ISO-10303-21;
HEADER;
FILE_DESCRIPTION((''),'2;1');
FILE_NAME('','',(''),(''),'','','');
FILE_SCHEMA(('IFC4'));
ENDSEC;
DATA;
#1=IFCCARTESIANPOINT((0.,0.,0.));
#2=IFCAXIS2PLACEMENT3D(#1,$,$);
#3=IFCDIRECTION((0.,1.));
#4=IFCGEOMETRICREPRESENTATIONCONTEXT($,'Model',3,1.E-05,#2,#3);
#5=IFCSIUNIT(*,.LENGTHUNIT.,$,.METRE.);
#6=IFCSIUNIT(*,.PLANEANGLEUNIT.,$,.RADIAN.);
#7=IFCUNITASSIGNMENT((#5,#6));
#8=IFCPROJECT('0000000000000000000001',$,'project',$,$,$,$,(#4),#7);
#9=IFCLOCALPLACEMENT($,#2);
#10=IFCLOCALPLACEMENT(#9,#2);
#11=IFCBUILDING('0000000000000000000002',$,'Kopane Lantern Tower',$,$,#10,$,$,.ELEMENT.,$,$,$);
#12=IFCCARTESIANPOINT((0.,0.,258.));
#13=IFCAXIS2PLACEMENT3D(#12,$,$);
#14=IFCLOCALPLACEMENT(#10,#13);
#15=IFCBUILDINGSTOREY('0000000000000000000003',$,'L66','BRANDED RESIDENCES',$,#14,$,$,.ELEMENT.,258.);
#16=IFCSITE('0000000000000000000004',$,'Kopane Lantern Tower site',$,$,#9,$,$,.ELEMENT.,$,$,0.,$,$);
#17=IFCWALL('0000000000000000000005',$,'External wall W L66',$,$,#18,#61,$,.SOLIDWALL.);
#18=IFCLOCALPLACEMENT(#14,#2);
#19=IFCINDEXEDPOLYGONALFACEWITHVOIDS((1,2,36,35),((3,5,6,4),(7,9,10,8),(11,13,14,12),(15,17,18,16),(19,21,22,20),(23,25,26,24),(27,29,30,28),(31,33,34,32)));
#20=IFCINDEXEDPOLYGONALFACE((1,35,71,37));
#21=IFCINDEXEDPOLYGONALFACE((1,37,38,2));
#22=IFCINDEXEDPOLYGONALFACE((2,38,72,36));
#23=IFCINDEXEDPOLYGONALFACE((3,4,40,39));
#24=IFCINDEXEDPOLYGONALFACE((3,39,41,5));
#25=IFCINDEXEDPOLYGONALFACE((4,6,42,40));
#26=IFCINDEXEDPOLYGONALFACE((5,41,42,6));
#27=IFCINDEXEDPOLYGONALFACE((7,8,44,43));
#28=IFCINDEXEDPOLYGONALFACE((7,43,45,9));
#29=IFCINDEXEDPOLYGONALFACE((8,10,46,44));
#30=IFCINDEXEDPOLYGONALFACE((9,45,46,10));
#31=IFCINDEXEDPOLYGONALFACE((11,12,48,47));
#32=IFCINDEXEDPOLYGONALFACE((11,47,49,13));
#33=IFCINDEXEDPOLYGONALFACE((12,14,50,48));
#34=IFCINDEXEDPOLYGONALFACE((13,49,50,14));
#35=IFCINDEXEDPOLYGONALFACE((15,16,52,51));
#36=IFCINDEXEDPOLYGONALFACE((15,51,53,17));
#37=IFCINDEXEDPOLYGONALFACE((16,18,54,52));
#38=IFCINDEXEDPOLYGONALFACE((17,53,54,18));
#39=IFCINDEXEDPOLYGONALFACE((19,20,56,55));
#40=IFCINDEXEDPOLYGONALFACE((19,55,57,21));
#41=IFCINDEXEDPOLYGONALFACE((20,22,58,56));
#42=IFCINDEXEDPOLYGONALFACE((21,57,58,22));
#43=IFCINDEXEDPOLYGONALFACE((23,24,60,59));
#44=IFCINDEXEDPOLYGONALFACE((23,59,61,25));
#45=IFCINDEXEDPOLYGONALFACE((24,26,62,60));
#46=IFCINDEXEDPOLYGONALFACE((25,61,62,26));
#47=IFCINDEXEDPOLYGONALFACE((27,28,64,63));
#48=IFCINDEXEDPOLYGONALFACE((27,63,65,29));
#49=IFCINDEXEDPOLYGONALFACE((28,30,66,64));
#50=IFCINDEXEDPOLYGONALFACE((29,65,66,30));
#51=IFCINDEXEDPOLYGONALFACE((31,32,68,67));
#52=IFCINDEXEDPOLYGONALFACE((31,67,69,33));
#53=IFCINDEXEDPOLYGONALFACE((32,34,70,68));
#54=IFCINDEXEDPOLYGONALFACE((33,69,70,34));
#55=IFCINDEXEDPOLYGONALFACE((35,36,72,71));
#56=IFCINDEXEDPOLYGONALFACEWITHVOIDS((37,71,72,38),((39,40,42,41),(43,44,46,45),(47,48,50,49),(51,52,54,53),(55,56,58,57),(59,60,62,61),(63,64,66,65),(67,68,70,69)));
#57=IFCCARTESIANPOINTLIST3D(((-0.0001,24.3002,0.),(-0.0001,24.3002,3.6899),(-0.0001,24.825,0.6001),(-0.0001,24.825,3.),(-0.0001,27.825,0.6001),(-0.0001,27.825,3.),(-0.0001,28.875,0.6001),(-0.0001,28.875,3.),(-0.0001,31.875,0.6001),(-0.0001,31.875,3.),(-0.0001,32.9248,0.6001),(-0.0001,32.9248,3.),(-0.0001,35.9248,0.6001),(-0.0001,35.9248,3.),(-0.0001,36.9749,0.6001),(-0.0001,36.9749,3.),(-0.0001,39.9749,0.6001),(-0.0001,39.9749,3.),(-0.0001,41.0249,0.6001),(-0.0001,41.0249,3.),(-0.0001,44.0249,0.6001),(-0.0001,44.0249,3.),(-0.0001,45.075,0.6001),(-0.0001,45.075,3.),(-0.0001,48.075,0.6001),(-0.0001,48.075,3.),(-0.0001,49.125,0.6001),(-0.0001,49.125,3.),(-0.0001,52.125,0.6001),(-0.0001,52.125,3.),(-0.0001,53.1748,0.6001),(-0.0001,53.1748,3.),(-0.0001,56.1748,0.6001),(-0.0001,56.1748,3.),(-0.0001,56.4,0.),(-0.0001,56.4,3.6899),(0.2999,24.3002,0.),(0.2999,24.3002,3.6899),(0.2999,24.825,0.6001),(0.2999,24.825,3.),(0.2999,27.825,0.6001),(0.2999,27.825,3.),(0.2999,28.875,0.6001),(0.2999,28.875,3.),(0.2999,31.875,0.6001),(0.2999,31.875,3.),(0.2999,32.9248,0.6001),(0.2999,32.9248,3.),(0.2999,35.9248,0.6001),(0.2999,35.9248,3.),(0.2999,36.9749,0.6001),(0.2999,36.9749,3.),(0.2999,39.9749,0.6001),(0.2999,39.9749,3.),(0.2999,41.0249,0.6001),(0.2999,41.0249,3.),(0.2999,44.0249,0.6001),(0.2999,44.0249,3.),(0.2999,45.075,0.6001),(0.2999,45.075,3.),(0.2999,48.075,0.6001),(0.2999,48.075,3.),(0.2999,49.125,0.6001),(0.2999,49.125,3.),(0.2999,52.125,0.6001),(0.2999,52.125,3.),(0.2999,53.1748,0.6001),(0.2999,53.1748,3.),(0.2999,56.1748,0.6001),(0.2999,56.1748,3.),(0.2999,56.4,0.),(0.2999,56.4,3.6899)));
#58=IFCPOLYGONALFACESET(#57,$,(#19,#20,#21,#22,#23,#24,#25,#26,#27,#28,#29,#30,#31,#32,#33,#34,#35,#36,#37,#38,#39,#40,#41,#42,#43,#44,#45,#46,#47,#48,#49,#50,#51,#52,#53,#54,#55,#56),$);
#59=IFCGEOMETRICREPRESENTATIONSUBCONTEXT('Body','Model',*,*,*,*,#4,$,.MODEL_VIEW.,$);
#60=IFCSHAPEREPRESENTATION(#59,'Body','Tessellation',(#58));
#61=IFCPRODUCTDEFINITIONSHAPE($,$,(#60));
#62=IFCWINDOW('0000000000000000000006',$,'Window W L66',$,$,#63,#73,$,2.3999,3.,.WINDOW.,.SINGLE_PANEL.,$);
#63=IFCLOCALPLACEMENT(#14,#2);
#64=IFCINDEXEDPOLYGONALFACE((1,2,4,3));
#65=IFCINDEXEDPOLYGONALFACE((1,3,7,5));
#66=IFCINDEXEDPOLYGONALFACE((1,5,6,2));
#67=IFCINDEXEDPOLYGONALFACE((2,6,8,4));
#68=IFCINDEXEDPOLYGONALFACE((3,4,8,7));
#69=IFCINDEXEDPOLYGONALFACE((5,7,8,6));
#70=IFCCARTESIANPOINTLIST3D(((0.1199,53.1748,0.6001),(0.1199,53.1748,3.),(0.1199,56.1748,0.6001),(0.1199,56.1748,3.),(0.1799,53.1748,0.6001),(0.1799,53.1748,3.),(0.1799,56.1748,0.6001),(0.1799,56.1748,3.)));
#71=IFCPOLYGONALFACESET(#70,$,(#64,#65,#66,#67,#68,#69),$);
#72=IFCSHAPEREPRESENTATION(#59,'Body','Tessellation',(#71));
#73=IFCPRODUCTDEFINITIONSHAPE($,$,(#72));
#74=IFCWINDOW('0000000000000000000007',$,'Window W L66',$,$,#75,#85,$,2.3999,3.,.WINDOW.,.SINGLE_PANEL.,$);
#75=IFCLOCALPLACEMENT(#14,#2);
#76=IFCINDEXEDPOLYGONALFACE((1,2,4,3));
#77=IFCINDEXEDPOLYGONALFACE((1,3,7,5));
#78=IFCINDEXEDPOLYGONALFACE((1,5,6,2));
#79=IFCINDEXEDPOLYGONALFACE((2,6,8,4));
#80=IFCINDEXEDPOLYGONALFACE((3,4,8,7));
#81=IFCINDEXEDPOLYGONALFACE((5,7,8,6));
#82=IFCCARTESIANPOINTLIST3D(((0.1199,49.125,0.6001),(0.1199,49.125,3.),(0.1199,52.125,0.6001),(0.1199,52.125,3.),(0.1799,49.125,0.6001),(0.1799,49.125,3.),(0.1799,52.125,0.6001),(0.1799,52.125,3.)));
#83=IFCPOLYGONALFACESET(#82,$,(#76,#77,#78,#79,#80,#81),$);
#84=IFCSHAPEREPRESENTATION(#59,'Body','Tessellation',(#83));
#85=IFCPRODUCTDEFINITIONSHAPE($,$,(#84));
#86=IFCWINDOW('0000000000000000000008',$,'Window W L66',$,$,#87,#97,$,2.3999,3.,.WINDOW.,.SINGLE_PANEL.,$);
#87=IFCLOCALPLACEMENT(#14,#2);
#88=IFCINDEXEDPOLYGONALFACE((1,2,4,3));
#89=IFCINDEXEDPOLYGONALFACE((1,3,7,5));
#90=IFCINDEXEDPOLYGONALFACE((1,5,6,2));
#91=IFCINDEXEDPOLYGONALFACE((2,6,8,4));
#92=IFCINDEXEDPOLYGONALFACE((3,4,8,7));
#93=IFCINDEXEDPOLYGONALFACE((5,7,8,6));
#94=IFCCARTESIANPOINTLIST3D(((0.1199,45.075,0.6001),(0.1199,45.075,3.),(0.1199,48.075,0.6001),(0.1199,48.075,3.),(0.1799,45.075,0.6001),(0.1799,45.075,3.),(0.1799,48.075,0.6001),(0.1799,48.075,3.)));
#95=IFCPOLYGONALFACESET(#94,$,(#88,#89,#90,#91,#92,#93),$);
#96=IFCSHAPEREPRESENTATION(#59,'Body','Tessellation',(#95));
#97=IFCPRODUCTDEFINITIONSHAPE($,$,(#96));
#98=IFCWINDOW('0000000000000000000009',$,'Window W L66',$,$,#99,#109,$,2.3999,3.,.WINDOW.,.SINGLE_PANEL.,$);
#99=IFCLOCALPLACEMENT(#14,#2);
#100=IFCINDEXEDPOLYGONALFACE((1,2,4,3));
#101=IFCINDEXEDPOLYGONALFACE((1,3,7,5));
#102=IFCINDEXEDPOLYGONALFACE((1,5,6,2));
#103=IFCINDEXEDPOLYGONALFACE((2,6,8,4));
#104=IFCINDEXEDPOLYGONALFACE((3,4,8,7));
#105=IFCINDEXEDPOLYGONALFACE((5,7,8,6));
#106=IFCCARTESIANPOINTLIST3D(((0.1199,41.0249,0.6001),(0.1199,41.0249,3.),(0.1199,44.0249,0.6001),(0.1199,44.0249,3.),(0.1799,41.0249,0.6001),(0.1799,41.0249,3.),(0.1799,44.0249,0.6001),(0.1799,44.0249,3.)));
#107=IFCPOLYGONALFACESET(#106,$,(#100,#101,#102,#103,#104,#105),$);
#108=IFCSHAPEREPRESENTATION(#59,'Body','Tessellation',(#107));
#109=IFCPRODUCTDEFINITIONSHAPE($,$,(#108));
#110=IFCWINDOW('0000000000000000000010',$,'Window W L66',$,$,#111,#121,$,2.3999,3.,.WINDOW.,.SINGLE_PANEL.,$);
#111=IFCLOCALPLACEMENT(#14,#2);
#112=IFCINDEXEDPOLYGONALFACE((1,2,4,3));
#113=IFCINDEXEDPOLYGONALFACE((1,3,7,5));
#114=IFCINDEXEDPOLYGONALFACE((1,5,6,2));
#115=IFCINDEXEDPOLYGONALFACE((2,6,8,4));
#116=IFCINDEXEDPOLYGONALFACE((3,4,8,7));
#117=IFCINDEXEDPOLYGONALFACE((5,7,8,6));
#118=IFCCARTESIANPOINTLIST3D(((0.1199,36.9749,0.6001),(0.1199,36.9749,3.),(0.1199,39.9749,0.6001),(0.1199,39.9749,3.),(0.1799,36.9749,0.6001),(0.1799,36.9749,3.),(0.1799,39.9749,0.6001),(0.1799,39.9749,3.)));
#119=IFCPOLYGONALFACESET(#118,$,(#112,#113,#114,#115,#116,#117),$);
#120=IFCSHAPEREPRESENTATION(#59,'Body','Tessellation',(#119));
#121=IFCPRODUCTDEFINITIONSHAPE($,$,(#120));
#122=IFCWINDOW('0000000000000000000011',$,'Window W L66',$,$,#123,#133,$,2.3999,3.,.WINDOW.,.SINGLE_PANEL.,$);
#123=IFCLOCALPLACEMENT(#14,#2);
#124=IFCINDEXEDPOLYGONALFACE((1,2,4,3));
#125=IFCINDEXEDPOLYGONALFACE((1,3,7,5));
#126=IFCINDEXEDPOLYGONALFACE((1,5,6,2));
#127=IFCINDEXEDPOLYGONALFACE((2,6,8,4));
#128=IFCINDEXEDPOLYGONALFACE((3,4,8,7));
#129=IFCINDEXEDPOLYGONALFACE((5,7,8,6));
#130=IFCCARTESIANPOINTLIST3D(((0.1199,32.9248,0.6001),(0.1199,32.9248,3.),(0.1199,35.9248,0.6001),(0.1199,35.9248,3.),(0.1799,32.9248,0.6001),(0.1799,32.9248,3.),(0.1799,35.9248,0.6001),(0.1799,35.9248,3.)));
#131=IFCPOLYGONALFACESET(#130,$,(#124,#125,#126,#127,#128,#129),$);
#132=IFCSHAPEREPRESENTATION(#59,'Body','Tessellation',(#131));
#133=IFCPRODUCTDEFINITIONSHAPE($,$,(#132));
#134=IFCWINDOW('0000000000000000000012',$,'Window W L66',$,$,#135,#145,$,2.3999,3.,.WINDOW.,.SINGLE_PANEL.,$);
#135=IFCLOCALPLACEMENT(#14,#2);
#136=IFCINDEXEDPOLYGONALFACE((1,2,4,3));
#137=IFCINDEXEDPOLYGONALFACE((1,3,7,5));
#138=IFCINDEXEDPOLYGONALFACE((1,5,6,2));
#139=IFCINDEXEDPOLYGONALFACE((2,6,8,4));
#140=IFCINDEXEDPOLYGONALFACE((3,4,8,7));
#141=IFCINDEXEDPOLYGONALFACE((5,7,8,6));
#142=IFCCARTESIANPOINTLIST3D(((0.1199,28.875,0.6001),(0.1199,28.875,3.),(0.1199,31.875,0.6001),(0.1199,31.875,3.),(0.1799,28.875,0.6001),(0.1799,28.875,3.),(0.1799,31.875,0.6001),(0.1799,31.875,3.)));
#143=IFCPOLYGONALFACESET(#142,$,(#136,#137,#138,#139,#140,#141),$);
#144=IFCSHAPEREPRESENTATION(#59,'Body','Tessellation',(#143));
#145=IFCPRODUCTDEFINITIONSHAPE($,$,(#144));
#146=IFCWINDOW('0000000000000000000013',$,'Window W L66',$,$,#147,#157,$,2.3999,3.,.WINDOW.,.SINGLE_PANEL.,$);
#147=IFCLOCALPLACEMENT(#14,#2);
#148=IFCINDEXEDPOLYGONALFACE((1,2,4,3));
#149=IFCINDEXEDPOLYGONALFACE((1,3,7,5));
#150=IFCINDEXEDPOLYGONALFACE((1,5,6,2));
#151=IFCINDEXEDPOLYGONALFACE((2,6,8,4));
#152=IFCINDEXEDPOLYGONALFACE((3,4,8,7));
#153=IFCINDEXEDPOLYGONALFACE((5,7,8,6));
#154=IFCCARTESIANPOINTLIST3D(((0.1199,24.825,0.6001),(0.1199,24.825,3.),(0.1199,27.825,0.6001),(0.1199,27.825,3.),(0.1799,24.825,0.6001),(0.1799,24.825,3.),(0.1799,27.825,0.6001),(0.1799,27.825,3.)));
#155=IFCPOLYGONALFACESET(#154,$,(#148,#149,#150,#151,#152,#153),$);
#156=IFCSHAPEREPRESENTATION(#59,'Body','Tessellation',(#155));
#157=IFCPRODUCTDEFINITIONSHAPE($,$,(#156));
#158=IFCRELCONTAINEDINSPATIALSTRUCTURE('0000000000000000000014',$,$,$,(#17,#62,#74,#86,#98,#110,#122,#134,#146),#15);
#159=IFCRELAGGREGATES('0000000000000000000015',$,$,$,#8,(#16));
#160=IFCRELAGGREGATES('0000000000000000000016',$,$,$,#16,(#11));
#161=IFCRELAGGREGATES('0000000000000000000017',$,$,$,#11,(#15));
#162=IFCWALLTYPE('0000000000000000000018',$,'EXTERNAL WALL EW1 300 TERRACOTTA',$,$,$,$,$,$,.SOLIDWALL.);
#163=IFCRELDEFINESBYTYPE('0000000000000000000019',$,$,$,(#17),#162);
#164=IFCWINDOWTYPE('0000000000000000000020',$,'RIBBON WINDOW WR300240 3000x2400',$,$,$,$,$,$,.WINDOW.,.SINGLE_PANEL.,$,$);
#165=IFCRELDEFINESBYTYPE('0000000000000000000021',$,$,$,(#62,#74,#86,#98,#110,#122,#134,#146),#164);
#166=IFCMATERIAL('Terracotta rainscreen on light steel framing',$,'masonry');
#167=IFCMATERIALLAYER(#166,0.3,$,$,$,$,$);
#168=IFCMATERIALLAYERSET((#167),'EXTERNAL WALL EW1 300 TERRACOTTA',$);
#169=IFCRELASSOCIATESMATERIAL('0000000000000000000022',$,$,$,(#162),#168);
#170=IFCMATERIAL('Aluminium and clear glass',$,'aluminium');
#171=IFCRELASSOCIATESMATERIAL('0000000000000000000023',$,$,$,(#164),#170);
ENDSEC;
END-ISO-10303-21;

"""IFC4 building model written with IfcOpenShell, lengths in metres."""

from ifc_helpers import new_model, si_unit, direction, frame, frame_2d, origin, place, context, subcontext, project, spatial, rectangle, extrude, material, layer, layer_set, type_object, element, fill, save


model = new_model("IFC4")

# Units and contexts
model_context = context("Model", 3, precision=1e-05, world=origin(), true_north=direction((0.0, 1.0)))
body_context = subcontext(model_context, "Body", "Model", "MODEL_VIEW")
ifc_project = project(units=[si_unit("LENGTHUNIT", "METRE"), si_unit("PLANEANGLEUNIT", "RADIAN")], contexts=[model_context])

# Site, building, storey
site_placement = place(None, origin())
site = spatial("IfcSite", under=ifc_project, at=site_placement, Name="Kopane Lantern Tower site", CompositionType="ELEMENT", RefElevation=0.0)
building_placement = place(site_placement, origin())
building = spatial("IfcBuilding", under=site, at=building_placement, Name="Kopane Lantern Tower", CompositionType="ELEMENT")
storey_placement = place(building_placement, frame((0.0, 0.0, 258.0)))
storey = spatial("IfcBuildingStorey", under=building, at=storey_placement, Name="L66", Description="BRANDED RESIDENCES", CompositionType="ELEMENT", Elevation=258.0)

# Shared definitions
ifc_material_1 = material(Name="Terracotta rainscreen on light steel framing", Category="masonry")
ifc_layer_1 = layer(ifc_material_1, 0.3)
ifc_layer_set_1 = layer_set([ifc_layer_1], Name="EXTERNAL WALL EW1 300 TERRACOTTA")
wall_type_1 = type_object("IfcWallType", Name="EXTERNAL WALL EW1 300 TERRACOTTA", PredefinedType="SOLIDWALL", material=ifc_layer_set_1)

# Wall, openings, windows
wall_1_placement = place(storey_placement, frame((0.1499, 56.3999, 0.0), z_axis=(0.0, 0.0, 1.0), x_axis=(0.0, -1.0, 0.0)))
wall_1 = element("IfcWall", 1, at=wall_1_placement, inside=storey, type_object=wall_type_1, Name="External wall W L66", PredefinedType="SOLIDWALL", context=body_context, shape_type="SweptSolid", body=[
    extrude(rectangle(XDim=32.0999, YDim=0.3, at=frame_2d((16.0498, 0.0))), origin(), (0.0, 0.0, 1.0), 3.6899),
])
opening_1_placement = place(wall_1_placement, frame((0.2251, 0.0, 0.6001)))
opening_1 = element("IfcOpeningElement", 2, at=opening_1_placement, cuts=wall_1, PredefinedType="OPENING", context=body_context, shape_type="SweptSolid", body=[
    extrude(rectangle(XDim=3.0, YDim=2.3999, at=frame_2d((1.5, 1.2))), frame((0.0, 0.1599, 0.0), z_axis=(0.0, -1.0, 0.0), x_axis=(1.0, 0.0, 0.0)), (0.0, 0.0, 1.0), 0.3201),
])
opening_2_placement = place(wall_1_placement, frame((4.2749, 0.0, 0.6001)))
opening_2 = element("IfcOpeningElement", 3, at=opening_2_placement, cuts=wall_1, PredefinedType="OPENING", context=body_context, shape_type="SweptSolid", body=[
    extrude(rectangle(XDim=3.0, YDim=2.3999, at=frame_2d((1.5, 1.2))), frame((0.0, 0.1599, 0.0), z_axis=(0.0, -1.0, 0.0), x_axis=(1.0, 0.0, 0.0)), (0.0, 0.0, 1.0), 0.3201),
])
opening_3_placement = place(wall_1_placement, frame((8.325, 0.0, 0.6001)))
opening_3 = element("IfcOpeningElement", 4, at=opening_3_placement, cuts=wall_1, PredefinedType="OPENING", context=body_context, shape_type="SweptSolid", body=[
    extrude(rectangle(XDim=3.0, YDim=2.3999, at=frame_2d((1.5, 1.2))), frame((0.0, 0.1599, 0.0), z_axis=(0.0, -1.0, 0.0), x_axis=(1.0, 0.0, 0.0)), (0.0, 0.0, 1.0), 0.3201),
])
opening_4_placement = place(wall_1_placement, frame((12.375, 0.0, 0.6001)))
opening_4 = element("IfcOpeningElement", 5, at=opening_4_placement, cuts=wall_1, PredefinedType="OPENING", context=body_context, shape_type="SweptSolid", body=[
    extrude(rectangle(XDim=3.0, YDim=2.3999, at=frame_2d((1.5, 1.2))), frame((0.0, 0.1599, 0.0), z_axis=(0.0, -1.0, 0.0), x_axis=(1.0, 0.0, 0.0)), (0.0, 0.0, 1.0), 0.3201),
])
opening_5_placement = place(wall_1_placement, frame((16.425, 0.0, 0.6001)))
opening_5 = element("IfcOpeningElement", 6, at=opening_5_placement, cuts=wall_1, PredefinedType="OPENING", context=body_context, shape_type="SweptSolid", body=[
    extrude(rectangle(XDim=3.0, YDim=2.3999, at=frame_2d((1.5, 1.2))), frame((0.0, 0.1599, 0.0), z_axis=(0.0, -1.0, 0.0), x_axis=(1.0, 0.0, 0.0)), (0.0, 0.0, 1.0), 0.3201),
])
opening_6_placement = place(wall_1_placement, frame((20.4751, 0.0, 0.6001)))
opening_6 = element("IfcOpeningElement", 7, at=opening_6_placement, cuts=wall_1, PredefinedType="OPENING", context=body_context, shape_type="SweptSolid", body=[
    extrude(rectangle(XDim=3.0, YDim=2.3999, at=frame_2d((1.5, 1.2))), frame((0.0, 0.1599, 0.0), z_axis=(0.0, -1.0, 0.0), x_axis=(1.0, 0.0, 0.0)), (0.0, 0.0, 1.0), 0.3201),
])
opening_7_placement = place(wall_1_placement, frame((24.5249, 0.0, 0.6001)))
opening_7 = element("IfcOpeningElement", 8, at=opening_7_placement, cuts=wall_1, PredefinedType="OPENING", context=body_context, shape_type="SweptSolid", body=[
    extrude(rectangle(XDim=3.0, YDim=2.3999, at=frame_2d((1.5, 1.2))), frame((0.0, 0.1599, 0.0), z_axis=(0.0, -1.0, 0.0), x_axis=(1.0, 0.0, 0.0)), (0.0, 0.0, 1.0), 0.3201),
])
opening_8_placement = place(wall_1_placement, frame((28.575, 0.0, 0.6001)))
opening_8 = element("IfcOpeningElement", 9, at=opening_8_placement, cuts=wall_1, PredefinedType="OPENING", context=body_context, shape_type="SweptSolid", body=[
    extrude(rectangle(XDim=3.0, YDim=2.3999, at=frame_2d((1.5, 1.2))), frame((0.0, 0.1599, 0.0), z_axis=(0.0, -1.0, 0.0), x_axis=(1.0, 0.0, 0.0)), (0.0, 0.0, 1.0), 0.3201),
])
ifc_material_2 = material(Name="Aluminium and clear glass", Category="aluminium")
window_type_1 = type_object("IfcWindowType", Name="RIBBON WINDOW WR300240 3000x2400", PartitioningType="SINGLE_PANEL", PredefinedType="WINDOW", material=ifc_material_2)
window_1_placement = place(opening_1_placement, origin())
window_1 = element("IfcWindow", 10, at=window_1_placement, inside=storey, type_object=window_type_1, Name="Window W L66", OverallHeight=2.3999, OverallWidth=3.0, PartitioningType="SINGLE_PANEL", PredefinedType="WINDOW", context=body_context, shape_type="SweptSolid", body=[
    extrude(rectangle(XDim=3.0, YDim=2.3999, at=frame_2d((1.5, 1.2))), frame((0.0, 0.03, 0.0), z_axis=(0.0, -1.0, 0.0), x_axis=(1.0, 0.0, 0.0)), (0.0, 0.0, 1.0), 0.0601),
])
fill(opening_1, window_1)
window_2_placement = place(opening_2_placement, origin())
window_2 = element("IfcWindow", 11, at=window_2_placement, inside=storey, type_object=window_type_1, Name="Window W L66", OverallHeight=2.3999, OverallWidth=3.0, PartitioningType="SINGLE_PANEL", PredefinedType="WINDOW", context=body_context, shape_type="SweptSolid", body=[
    extrude(rectangle(XDim=3.0, YDim=2.3999, at=frame_2d((1.5, 1.2))), frame((0.0, 0.03, 0.0), z_axis=(0.0, -1.0, 0.0), x_axis=(1.0, 0.0, 0.0)), (0.0, 0.0, 1.0), 0.0601),
])
fill(opening_2, window_2)
window_3_placement = place(opening_3_placement, origin())
window_3 = element("IfcWindow", 12, at=window_3_placement, inside=storey, type_object=window_type_1, Name="Window W L66", OverallHeight=2.3999, OverallWidth=3.0, PartitioningType="SINGLE_PANEL", PredefinedType="WINDOW", context=body_context, shape_type="SweptSolid", body=[
    extrude(rectangle(XDim=3.0, YDim=2.3999, at=frame_2d((1.5, 1.2))), frame((0.0, 0.03, 0.0), z_axis=(0.0, -1.0, 0.0), x_axis=(1.0, 0.0, 0.0)), (0.0, 0.0, 1.0), 0.0601),
])
fill(opening_3, window_3)
window_4_placement = place(opening_4_placement, origin())
window_4 = element("IfcWindow", 13, at=window_4_placement, inside=storey, type_object=window_type_1, Name="Window W L66", OverallHeight=2.3999, OverallWidth=3.0, PartitioningType="SINGLE_PANEL", PredefinedType="WINDOW", context=body_context, shape_type="SweptSolid", body=[
    extrude(rectangle(XDim=3.0, YDim=2.3999, at=frame_2d((1.5, 1.2))), frame((0.0, 0.03, 0.0), z_axis=(0.0, -1.0, 0.0), x_axis=(1.0, 0.0, 0.0)), (0.0, 0.0, 1.0), 0.0601),
])
fill(opening_4, window_4)
window_5_placement = place(opening_5_placement, origin())
window_5 = element("IfcWindow", 14, at=window_5_placement, inside=storey, type_object=window_type_1, Name="Window W L66", OverallHeight=2.3999, OverallWidth=3.0, PartitioningType="SINGLE_PANEL", PredefinedType="WINDOW", context=body_context, shape_type="SweptSolid", body=[
    extrude(rectangle(XDim=3.0, YDim=2.3999, at=frame_2d((1.5, 1.2))), frame((0.0, 0.03, 0.0), z_axis=(0.0, -1.0, 0.0), x_axis=(1.0, 0.0, 0.0)), (0.0, 0.0, 1.0), 0.0601),
])
fill(opening_5, window_5)
window_6_placement = place(opening_6_placement, origin())
window_6 = element("IfcWindow", 15, at=window_6_placement, inside=storey, type_object=window_type_1, Name="Window W L66", OverallHeight=2.3999, OverallWidth=3.0, PartitioningType="SINGLE_PANEL", PredefinedType="WINDOW", context=body_context, shape_type="SweptSolid", body=[
    extrude(rectangle(XDim=3.0, YDim=2.3999, at=frame_2d((1.5, 1.2))), frame((0.0, 0.03, 0.0), z_axis=(0.0, -1.0, 0.0), x_axis=(1.0, 0.0, 0.0)), (0.0, 0.0, 1.0), 0.0601),
])
fill(opening_6, window_6)
window_7_placement = place(opening_7_placement, origin())
window_7 = element("IfcWindow", 16, at=window_7_placement, inside=storey, type_object=window_type_1, Name="Window W L66", OverallHeight=2.3999, OverallWidth=3.0, PartitioningType="SINGLE_PANEL", PredefinedType="WINDOW", context=body_context, shape_type="SweptSolid", body=[
    extrude(rectangle(XDim=3.0, YDim=2.3999, at=frame_2d((1.5, 1.2))), frame((0.0, 0.03, 0.0), z_axis=(0.0, -1.0, 0.0), x_axis=(1.0, 0.0, 0.0)), (0.0, 0.0, 1.0), 0.0601),
])
fill(opening_7, window_7)
window_8_placement = place(opening_8_placement, origin())
window_8 = element("IfcWindow", 17, at=window_8_placement, inside=storey, type_object=window_type_1, Name="Window W L66", OverallHeight=2.3999, OverallWidth=3.0, PartitioningType="SINGLE_PANEL", PredefinedType="WINDOW", context=body_context, shape_type="SweptSolid", body=[
    extrude(rectangle(XDim=3.0, YDim=2.3999, at=frame_2d((1.5, 1.2))), frame((0.0, 0.03, 0.0), z_axis=(0.0, -1.0, 0.0), x_axis=(1.0, 0.0, 0.0)), (0.0, 0.0, 1.0), 0.0601),
])
fill(opening_8, window_8)

save(model, "model.ifc")
